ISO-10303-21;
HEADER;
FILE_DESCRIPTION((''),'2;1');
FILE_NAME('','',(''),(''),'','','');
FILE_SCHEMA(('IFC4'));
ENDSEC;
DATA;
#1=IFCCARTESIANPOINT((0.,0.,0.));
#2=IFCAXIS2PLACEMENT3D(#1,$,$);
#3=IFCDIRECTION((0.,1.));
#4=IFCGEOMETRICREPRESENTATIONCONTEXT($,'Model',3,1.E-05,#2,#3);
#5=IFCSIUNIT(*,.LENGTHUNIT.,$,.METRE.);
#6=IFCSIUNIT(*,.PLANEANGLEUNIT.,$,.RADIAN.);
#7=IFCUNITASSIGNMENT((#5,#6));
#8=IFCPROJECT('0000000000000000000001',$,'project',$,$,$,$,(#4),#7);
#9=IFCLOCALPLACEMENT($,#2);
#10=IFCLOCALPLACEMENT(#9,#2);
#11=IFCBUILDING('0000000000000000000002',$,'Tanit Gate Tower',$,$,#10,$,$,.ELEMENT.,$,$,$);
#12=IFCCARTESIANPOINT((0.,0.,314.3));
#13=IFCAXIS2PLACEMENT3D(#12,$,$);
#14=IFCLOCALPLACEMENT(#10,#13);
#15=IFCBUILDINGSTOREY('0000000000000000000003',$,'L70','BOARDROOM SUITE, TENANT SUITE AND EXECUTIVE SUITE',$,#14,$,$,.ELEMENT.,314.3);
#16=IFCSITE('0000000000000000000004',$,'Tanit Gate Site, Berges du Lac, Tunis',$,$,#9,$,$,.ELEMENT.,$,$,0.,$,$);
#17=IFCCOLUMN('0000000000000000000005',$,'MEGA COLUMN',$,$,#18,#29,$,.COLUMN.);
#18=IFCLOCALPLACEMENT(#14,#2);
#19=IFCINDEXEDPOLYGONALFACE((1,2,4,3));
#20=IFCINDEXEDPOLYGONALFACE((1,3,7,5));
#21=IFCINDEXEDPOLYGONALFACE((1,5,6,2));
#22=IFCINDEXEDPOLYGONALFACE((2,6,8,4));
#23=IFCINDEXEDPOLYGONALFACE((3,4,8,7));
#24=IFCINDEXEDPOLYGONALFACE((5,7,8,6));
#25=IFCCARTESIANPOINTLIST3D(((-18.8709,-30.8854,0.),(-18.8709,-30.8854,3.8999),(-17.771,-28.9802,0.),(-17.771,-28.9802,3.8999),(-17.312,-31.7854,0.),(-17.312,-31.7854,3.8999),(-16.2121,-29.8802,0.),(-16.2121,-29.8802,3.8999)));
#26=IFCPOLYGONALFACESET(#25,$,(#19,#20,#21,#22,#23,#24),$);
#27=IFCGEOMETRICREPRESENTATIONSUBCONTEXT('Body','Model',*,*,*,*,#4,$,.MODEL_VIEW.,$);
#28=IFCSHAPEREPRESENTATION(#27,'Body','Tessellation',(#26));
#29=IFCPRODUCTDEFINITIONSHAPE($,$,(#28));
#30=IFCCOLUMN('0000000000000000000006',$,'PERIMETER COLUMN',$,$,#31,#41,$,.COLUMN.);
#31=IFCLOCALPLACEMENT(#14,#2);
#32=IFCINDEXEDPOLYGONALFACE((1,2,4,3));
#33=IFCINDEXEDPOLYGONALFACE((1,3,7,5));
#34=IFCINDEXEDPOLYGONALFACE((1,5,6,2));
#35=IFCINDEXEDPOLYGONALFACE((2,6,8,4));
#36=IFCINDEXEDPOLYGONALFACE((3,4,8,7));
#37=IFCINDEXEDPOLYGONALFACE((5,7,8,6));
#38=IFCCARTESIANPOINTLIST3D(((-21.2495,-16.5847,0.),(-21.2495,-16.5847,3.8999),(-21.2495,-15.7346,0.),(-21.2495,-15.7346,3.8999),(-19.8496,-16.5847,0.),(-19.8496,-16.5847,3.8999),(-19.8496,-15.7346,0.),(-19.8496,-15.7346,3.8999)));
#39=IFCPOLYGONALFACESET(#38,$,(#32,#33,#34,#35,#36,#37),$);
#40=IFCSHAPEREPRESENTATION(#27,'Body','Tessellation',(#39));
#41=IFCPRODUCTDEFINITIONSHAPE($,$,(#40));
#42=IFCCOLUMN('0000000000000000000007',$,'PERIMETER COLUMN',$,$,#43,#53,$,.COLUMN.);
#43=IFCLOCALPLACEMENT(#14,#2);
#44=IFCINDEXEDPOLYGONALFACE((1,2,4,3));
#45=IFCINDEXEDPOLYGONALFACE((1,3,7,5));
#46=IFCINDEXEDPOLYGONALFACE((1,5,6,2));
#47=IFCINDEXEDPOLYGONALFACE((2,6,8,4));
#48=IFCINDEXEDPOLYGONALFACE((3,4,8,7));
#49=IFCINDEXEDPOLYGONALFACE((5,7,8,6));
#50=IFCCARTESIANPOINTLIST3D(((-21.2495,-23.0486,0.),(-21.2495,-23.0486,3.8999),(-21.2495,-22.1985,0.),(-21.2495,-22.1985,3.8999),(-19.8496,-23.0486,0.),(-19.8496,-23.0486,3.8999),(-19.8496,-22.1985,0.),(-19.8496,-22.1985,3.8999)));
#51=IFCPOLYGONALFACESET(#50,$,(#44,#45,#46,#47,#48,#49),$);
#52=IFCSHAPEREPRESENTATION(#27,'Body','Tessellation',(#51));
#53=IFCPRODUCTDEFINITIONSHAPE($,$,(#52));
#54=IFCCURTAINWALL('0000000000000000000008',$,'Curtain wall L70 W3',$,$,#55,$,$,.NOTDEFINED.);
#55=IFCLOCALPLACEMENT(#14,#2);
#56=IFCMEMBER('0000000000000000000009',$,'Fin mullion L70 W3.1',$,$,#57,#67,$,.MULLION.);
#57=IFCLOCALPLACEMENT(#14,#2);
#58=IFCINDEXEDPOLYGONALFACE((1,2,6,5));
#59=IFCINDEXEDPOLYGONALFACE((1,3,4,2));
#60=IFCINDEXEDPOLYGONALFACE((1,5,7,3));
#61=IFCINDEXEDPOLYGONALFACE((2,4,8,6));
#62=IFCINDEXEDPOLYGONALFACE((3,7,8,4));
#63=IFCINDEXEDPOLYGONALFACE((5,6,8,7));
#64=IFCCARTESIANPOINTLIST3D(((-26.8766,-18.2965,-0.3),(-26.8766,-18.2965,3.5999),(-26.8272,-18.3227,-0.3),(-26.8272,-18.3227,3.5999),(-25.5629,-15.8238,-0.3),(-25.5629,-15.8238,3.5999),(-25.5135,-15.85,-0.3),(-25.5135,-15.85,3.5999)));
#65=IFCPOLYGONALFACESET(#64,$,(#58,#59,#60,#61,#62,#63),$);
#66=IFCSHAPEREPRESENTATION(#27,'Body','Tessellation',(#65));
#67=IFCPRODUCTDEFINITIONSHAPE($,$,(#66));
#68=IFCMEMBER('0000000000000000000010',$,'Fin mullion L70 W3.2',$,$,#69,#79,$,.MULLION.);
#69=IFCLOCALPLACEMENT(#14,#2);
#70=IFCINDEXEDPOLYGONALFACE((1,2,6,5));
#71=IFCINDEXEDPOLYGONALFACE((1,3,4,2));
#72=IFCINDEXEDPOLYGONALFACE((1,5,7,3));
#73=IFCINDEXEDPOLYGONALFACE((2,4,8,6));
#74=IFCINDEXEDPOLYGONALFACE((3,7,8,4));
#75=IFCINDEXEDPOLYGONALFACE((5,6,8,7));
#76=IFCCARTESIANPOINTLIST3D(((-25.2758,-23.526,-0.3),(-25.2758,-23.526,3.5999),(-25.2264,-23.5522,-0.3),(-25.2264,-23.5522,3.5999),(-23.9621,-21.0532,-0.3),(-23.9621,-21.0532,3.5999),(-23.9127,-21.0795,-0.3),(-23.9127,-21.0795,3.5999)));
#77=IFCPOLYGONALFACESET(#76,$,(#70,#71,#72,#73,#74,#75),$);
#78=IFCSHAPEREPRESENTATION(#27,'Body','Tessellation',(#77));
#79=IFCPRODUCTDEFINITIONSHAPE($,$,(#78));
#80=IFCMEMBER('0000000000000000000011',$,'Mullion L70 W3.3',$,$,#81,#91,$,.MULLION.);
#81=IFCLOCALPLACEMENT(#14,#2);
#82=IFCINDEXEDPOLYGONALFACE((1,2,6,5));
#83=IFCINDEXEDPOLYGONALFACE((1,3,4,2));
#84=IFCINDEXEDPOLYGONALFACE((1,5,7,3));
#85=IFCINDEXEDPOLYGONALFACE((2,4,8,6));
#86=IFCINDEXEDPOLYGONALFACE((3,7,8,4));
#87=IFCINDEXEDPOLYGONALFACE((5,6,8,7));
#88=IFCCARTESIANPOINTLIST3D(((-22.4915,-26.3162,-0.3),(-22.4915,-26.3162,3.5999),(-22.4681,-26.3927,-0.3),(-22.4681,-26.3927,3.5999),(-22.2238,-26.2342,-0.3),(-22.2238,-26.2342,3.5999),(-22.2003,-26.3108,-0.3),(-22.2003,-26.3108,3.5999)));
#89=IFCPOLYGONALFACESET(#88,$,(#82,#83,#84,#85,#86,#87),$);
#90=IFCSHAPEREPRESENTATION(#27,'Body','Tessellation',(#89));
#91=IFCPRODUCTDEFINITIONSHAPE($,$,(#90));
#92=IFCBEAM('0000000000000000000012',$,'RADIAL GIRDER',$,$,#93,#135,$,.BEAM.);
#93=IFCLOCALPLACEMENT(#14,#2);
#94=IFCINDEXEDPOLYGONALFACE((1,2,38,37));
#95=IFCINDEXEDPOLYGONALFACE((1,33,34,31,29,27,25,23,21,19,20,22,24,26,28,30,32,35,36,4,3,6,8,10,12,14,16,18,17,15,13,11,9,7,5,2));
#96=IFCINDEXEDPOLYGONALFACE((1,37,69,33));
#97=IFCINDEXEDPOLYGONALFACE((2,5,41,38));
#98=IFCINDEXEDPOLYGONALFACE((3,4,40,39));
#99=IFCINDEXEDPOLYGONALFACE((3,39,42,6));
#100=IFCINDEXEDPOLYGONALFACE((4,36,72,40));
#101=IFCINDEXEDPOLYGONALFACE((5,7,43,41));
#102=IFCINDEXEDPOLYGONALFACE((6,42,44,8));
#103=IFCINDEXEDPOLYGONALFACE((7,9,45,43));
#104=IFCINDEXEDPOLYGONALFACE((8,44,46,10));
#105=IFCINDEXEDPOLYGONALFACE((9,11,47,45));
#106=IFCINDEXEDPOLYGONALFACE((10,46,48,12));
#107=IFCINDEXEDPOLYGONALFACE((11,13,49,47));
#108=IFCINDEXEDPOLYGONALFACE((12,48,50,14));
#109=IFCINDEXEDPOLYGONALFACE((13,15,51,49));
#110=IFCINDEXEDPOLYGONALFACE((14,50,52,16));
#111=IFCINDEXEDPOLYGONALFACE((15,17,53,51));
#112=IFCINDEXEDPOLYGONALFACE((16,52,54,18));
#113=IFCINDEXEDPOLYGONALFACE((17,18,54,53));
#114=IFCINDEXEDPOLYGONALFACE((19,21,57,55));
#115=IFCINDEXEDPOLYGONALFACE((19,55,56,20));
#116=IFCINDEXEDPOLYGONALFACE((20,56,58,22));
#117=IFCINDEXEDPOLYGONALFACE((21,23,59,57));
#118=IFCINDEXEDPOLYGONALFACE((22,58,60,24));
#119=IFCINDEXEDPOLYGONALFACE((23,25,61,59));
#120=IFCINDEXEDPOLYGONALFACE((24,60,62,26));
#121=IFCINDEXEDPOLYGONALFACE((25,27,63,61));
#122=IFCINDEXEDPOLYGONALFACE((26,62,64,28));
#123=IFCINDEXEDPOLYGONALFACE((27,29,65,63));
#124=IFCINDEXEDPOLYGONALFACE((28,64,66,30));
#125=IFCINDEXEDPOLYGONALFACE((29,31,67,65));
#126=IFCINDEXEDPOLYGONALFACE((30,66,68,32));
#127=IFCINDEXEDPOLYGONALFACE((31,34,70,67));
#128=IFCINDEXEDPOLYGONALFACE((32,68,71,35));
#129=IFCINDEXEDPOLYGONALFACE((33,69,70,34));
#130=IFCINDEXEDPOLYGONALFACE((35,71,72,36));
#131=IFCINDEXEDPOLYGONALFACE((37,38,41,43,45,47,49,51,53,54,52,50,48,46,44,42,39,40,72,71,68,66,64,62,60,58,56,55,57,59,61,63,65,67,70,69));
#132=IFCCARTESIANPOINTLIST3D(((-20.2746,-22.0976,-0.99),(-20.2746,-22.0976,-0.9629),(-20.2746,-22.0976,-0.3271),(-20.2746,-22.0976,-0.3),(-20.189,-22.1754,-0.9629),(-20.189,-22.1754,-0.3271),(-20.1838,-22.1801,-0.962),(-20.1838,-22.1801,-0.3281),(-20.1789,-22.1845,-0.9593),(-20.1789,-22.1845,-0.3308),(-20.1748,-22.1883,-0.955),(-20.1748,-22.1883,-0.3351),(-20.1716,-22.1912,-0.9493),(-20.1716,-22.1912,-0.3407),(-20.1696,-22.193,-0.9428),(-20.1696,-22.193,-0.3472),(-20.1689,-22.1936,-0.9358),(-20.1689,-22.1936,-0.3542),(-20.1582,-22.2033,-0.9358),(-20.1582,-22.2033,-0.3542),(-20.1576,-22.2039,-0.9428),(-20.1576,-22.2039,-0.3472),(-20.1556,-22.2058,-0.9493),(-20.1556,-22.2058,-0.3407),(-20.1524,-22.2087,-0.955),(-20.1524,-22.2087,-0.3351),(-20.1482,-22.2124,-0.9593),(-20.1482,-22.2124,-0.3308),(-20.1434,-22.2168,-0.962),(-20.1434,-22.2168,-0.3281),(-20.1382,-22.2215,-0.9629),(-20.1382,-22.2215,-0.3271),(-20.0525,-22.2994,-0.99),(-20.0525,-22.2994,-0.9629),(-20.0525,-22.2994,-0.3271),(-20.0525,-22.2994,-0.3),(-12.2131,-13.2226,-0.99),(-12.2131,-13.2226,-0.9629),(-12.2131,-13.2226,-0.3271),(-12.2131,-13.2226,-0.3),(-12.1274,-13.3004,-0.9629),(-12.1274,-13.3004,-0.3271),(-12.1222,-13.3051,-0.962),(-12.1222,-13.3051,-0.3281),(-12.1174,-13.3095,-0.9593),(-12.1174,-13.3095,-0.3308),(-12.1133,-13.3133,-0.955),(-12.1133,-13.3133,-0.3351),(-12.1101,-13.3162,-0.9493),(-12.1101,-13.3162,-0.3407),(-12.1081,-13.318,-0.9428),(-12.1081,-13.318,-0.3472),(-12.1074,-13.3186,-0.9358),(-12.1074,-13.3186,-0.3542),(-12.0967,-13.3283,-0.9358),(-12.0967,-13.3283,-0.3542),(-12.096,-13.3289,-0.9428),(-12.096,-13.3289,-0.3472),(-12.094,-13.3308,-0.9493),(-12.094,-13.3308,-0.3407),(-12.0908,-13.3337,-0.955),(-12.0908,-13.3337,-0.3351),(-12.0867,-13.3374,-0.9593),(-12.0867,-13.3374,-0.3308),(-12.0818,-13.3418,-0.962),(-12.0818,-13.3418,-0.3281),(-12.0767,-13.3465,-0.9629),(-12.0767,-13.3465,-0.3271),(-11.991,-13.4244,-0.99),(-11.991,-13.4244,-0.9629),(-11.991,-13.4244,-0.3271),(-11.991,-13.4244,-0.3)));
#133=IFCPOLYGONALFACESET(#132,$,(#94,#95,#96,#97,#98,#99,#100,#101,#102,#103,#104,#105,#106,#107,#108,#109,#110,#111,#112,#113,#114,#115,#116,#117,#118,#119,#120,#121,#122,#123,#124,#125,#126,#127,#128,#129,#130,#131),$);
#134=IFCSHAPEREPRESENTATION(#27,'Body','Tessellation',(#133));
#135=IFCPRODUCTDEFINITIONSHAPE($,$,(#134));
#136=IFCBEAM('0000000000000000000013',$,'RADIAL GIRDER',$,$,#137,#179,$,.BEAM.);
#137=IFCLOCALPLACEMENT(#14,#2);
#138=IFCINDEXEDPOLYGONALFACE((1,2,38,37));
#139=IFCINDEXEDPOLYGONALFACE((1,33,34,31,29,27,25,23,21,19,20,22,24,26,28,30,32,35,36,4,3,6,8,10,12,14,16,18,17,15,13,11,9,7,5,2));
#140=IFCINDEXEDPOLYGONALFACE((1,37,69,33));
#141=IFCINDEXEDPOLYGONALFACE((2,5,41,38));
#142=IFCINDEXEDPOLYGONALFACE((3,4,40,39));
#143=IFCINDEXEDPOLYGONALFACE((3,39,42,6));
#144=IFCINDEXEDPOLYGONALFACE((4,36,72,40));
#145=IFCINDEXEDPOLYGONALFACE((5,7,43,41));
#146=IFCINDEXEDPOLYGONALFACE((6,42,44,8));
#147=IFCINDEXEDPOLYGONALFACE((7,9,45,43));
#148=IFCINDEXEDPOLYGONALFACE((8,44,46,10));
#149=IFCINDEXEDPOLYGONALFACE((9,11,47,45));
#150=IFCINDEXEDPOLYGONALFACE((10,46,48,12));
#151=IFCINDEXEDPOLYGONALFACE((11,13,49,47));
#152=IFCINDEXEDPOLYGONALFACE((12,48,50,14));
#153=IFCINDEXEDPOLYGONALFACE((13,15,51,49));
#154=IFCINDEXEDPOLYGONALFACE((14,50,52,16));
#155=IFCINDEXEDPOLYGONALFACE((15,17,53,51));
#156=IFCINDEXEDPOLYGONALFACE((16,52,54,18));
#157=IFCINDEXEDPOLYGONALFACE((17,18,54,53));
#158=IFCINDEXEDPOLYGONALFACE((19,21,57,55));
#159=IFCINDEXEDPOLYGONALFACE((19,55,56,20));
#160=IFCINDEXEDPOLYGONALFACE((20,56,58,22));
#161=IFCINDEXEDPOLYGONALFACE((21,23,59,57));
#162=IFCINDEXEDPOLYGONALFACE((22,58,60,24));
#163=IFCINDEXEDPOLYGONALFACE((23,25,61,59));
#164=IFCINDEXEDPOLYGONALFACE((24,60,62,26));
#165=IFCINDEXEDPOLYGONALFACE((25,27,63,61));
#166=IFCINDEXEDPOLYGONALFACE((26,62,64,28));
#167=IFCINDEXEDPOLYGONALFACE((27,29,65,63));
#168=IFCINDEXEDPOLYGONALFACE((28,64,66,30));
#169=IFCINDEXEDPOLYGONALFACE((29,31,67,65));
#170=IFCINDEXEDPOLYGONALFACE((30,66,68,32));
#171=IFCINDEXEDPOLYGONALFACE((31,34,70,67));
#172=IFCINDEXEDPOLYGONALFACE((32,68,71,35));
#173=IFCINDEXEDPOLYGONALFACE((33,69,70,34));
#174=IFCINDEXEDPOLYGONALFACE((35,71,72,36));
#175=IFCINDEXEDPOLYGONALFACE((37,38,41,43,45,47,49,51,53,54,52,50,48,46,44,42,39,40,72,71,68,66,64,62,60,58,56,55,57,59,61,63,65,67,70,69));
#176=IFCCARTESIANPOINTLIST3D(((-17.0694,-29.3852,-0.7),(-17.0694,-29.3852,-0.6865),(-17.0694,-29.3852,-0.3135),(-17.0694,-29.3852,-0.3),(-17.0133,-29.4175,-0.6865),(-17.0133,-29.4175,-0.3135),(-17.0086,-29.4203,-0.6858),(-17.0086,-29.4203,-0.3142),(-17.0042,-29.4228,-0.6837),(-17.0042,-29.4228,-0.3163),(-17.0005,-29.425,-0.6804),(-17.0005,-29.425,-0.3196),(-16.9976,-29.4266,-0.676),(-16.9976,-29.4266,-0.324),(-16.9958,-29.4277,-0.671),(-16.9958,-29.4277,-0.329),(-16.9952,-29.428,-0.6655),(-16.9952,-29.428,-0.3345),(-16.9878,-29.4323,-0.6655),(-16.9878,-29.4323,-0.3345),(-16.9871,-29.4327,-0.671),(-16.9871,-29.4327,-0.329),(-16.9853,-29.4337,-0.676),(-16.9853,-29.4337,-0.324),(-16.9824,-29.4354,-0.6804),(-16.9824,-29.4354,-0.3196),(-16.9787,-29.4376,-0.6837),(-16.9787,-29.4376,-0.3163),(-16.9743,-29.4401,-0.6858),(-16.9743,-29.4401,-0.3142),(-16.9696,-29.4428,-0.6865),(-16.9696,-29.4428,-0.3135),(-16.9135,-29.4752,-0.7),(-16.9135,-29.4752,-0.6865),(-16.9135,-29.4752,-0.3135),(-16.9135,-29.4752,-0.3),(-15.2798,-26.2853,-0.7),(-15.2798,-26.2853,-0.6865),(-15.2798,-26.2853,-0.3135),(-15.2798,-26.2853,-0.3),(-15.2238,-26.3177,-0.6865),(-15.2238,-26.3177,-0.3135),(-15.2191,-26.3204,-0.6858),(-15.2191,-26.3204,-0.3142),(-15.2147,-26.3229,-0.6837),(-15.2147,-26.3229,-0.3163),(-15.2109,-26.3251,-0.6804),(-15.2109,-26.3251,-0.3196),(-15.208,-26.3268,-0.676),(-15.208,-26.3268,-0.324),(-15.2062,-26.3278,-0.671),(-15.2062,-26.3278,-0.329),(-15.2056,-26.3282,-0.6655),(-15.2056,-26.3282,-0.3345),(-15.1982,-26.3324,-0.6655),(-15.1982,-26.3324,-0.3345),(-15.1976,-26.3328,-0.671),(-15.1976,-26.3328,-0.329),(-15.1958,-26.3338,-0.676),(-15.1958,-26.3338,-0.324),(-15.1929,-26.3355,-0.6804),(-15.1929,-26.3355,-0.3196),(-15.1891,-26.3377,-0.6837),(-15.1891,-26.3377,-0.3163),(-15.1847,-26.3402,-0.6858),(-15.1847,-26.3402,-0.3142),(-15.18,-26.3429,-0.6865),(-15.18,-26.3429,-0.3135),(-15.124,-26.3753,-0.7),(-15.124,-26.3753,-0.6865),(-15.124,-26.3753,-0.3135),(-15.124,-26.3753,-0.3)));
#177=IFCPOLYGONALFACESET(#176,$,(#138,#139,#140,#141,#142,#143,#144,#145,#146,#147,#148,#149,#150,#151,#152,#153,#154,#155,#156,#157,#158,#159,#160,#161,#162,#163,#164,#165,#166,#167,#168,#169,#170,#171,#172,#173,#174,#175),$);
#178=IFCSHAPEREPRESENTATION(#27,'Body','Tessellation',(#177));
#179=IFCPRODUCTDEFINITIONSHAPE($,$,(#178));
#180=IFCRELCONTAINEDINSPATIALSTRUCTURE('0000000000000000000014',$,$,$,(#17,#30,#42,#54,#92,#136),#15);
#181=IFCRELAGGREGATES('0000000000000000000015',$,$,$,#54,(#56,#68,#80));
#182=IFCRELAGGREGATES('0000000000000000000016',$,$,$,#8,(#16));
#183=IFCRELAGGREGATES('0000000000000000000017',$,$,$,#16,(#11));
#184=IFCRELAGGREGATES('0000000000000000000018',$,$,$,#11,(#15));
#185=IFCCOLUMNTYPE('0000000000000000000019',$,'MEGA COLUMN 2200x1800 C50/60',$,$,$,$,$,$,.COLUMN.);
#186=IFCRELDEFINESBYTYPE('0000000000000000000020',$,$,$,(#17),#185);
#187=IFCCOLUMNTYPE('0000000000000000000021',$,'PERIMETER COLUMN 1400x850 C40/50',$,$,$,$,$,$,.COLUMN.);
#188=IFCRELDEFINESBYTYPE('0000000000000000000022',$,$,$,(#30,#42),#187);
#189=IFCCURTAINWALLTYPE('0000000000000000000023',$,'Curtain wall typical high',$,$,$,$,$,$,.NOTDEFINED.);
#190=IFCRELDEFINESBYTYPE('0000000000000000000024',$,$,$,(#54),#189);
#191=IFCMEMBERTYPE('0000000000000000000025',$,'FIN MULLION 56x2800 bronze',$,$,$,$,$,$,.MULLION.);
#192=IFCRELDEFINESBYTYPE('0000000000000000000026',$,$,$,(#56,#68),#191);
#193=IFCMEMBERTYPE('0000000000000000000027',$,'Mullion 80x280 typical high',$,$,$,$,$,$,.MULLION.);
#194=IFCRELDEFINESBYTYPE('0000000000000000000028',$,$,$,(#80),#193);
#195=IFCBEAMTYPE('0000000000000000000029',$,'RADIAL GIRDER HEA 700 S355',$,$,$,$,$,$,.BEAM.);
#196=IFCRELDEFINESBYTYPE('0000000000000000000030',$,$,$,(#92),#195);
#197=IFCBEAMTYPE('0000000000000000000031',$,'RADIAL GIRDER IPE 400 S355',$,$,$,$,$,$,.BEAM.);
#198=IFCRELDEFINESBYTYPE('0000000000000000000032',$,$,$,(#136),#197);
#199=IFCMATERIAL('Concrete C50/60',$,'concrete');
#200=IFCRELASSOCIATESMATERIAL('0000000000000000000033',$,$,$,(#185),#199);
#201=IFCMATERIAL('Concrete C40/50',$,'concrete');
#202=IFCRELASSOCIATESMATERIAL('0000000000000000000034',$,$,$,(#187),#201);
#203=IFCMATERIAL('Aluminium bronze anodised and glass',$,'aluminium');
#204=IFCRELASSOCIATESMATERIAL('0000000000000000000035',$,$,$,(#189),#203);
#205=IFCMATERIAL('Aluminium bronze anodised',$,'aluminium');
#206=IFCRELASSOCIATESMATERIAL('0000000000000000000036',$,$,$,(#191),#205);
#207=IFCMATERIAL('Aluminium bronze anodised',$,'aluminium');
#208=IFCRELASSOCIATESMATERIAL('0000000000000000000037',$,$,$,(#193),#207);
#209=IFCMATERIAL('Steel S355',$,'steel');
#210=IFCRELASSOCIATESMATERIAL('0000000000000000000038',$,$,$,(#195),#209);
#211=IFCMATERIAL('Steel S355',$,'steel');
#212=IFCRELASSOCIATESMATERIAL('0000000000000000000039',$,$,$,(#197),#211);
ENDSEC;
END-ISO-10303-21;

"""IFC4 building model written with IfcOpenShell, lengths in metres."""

from ifc_helpers import new_model, si_unit, direction, frame, origin, origin_2d, place, context, subcontext, project, spatial, rectangle, i_section, extrude, material, material_profile, profile_set, type_object, element, aggregate, save


model = new_model("IFC4")

# Units and contexts
model_context = context("Model", 3, precision=1e-05, world=origin(), true_north=direction((0.0, 1.0)))
body_context = subcontext(model_context, "Body", "Model", "MODEL_VIEW")
ifc_project = project(units=[si_unit("LENGTHUNIT", "METRE"), si_unit("PLANEANGLEUNIT", "RADIAN")], contexts=[model_context])

# Site, building, storey
site_placement = place(None, origin())
site = spatial("IfcSite", under=ifc_project, at=site_placement, Name="Tanit Gate Site, Berges du Lac, Tunis", CompositionType="ELEMENT", RefElevation=0.0)
building_placement = place(site_placement, origin())
building = spatial("IfcBuilding", under=site, at=building_placement, Name="Tanit Gate Tower", CompositionType="ELEMENT")
storey_placement = place(building_placement, frame((0.0, 0.0, 314.3)))
storey = spatial("IfcBuildingStorey", under=building, at=storey_placement, Name="L70", Description="BOARDROOM SUITE, TENANT SUITE AND EXECUTIVE SUITE", CompositionType="ELEMENT", Elevation=314.3)

# Columns
ifc_material_1 = material(Name="Concrete C50/60", Category="concrete")
ifc_material_profile_1 = material_profile(ifc_material_1, rectangle(XDim=2.2, YDim=1.8, at=origin_2d()), Name="RC 2200x1800")
ifc_profile_set_1 = profile_set([ifc_material_profile_1], Name="Concrete C50/60")
column_type_1 = type_object("IfcColumnType", Name="MEGA COLUMN 2200x1800 C50/60", PredefinedType="COLUMN", material=ifc_profile_set_1)
column_placement = place(storey_placement, frame((-17.5415, -30.3828, 0.0), z_axis=(0.0, 0.0, 1.0), x_axis=(-0.5, -0.866025, 0.0)))
element("IfcColumn", 1, at=column_placement, inside=storey, type_object=column_type_1, Name="MEGA COLUMN", PredefinedType="COLUMN", context=body_context, shape_type="SweptSolid", body=[
    extrude(rectangle(XDim=2.2, YDim=1.8, at=origin_2d()), origin(), (0.0, 0.0, 1.0), 3.8999),
])
ifc_material_2 = material(Name="Concrete C40/50", Category="concrete")
ifc_material_profile_2 = material_profile(ifc_material_2, rectangle(XDim=1.3999, YDim=0.8501, at=origin_2d()), Name="RC 1400x850")
ifc_profile_set_2 = profile_set([ifc_material_profile_2], Name="Concrete C40/50")
column_type_2 = type_object("IfcColumnType", Name="PERIMETER COLUMN 1400x850 C40/50", PredefinedType="COLUMN", material=ifc_profile_set_2)
for number, where, z_axis, x_axis, name in (
    (2, (-20.5496, -16.1597, 0.0), (0.0, 0.0, 1.0), (-1.0, 0.0, 0.0), "PERIMETER COLUMN"),
    (3, (-20.5496, -22.6235, 0.0), (0.0, 0.0, 1.0), (-1.0, 0.0, 0.0), "PERIMETER COLUMN"),
):
    element("IfcColumn", number, at=place(storey_placement, frame(where, z_axis=z_axis, x_axis=x_axis)), inside=storey, type_object=column_type_2, Name=name, PredefinedType="COLUMN", context=body_context, shape_type="SweptSolid", body=[
        extrude(rectangle(XDim=1.3999, YDim=0.8501, at=origin_2d()), origin(), (0.0, 0.0, 1.0), 3.8999),
    ])

# Curtain wall, members
ifc_material_3 = material(Name="Aluminium bronze anodised and glass", Category="aluminium")
curtain_wall_type = type_object("IfcCurtainWallType", Name="Curtain wall typical high", PredefinedType="NOTDEFINED", material=ifc_material_3)
curtain_wall_placement = place(storey_placement, origin())
curtain_wall = element("IfcCurtainWall", 4, at=curtain_wall_placement, inside=storey, type_object=curtain_wall_type, Name="Curtain wall L70 W3", PredefinedType="NOTDEFINED")
ifc_material_4 = material(Name="Aluminium bronze anodised", Category="aluminium")
ifc_material_profile_3 = material_profile(ifc_material_4, rectangle(XDim=2.8, YDim=0.0559, at=origin_2d()), Name="56x2800 bronze fin mullion")
ifc_profile_set_3 = profile_set([ifc_material_profile_3], Name="Aluminium bronze anodised")
member_type_1 = type_object("IfcMemberType", Name="FIN MULLION 56x2800 bronze", PredefinedType="MULLION", material=ifc_profile_set_3)
member_1_placement = place(storey_placement, frame((-26.1951, -17.0732, -0.3), z_axis=(0.0, 0.0, 1.0), x_axis=(0.469169, 0.883108, 0.0)))
member_1 = element("IfcMember", 5, at=member_1_placement, type_object=member_type_1, Name="Fin mullion L70 W3.1", PredefinedType="MULLION", context=body_context, shape_type="SweptSolid", body=[
    extrude(rectangle(XDim=2.8, YDim=0.0559, at=origin_2d()), origin(), (0.0, 0.0, 1.0), 3.8999),
])
member_2_placement = place(storey_placement, frame((-24.5942, -22.3027, -0.3), z_axis=(0.0, 0.0, 1.0), x_axis=(0.469169, 0.883108, 0.0)))
member_2 = element("IfcMember", 6, at=member_2_placement, type_object=member_type_1, Name="Fin mullion L70 W3.2", PredefinedType="MULLION", context=body_context, shape_type="SweptSolid", body=[
    extrude(rectangle(XDim=2.8, YDim=0.0559, at=origin_2d()), origin(), (0.0, 0.0, 1.0), 3.8999),
])
ifc_material_5 = material(Name="Aluminium bronze anodised", Category="aluminium")
ifc_material_profile_4 = material_profile(ifc_material_5, rectangle(XDim=0.28, YDim=0.0801, at=origin_2d()), Name="80x280 bronze mullion")
ifc_profile_set_4 = profile_set([ifc_material_profile_4], Name="Aluminium bronze anodised")
member_type_2 = type_object("IfcMemberType", Name="Mullion 80x280 typical high", PredefinedType="MULLION", material=ifc_profile_set_4)
member_3_placement = place(storey_placement, frame((-22.3459, -26.3135, -0.3), z_axis=(0.0, 0.0, 1.0), x_axis=(0.956205, 0.292699, 0.0)))
member_3 = element("IfcMember", 7, at=member_3_placement, type_object=member_type_2, Name="Mullion L70 W3.3", PredefinedType="MULLION", context=body_context, shape_type="SweptSolid", body=[
    extrude(rectangle(XDim=0.28, YDim=0.0801, at=origin_2d()), origin(), (0.0, 0.0, 1.0), 3.8999),
])

# Beams
ifc_material_6 = material(Name="Steel S355", Category="steel")
ifc_material_profile_5 = material_profile(ifc_material_6, i_section(OverallWidth=0.3, OverallDepth=0.6899, WebThickness=0.0144, FlangeThickness=0.0271, FilletRadius=0.0271, at=origin_2d()), Name="HEA 700")
ifc_profile_set_5 = profile_set([ifc_material_profile_5], Name="Steel S355")
beam_type_1 = type_object("IfcBeamType", Name="RADIAL GIRDER HEA 700 S355", PredefinedType="BEAM", material=ifc_profile_set_5)
beam_1_placement = place(storey_placement, frame((-20.1636, -22.1985, -0.645), z_axis=(0.672369, 0.740216, 0.0), x_axis=(-0.740216, 0.672369, 0.0)))
element("IfcBeam", 8, at=beam_1_placement, inside=storey, type_object=beam_type_1, Name="RADIAL GIRDER", PredefinedType="BEAM", context=body_context, shape_type="SweptSolid", body=[
    extrude(i_section(OverallWidth=0.3, OverallDepth=0.6899, WebThickness=0.0144, FlangeThickness=0.0271, FilletRadius=0.0271, at=origin_2d()), origin(), (0.0, 0.0, 1.0), 11.9897),
])
ifc_material_7 = material(Name="Steel S355", Category="steel")
ifc_material_profile_6 = material_profile(ifc_material_7, i_section(OverallWidth=0.1799, OverallDepth=0.3999, WebThickness=0.0085, FlangeThickness=0.0134, FilletRadius=0.021, at=origin_2d()), Name="IPE 400")
ifc_profile_set_6 = profile_set([ifc_material_profile_6], Name="Steel S355")
beam_type_2 = type_object("IfcBeamType", Name="RADIAL GIRDER IPE 400 S355", PredefinedType="BEAM", material=ifc_profile_set_6)
beam_2_placement = place(storey_placement, frame((-16.9915, -29.4302, -0.5), z_axis=(0.499968, 0.866044, 0.0), x_axis=(-0.866044, 0.499968, 0.0)))
element("IfcBeam", 9, at=beam_2_placement, inside=storey, type_object=beam_type_2, Name="RADIAL GIRDER", PredefinedType="BEAM", context=body_context, shape_type="SweptSolid", body=[
    extrude(i_section(OverallWidth=0.1799, OverallDepth=0.3999, WebThickness=0.0085, FlangeThickness=0.0134, FilletRadius=0.021, at=origin_2d()), origin(), (0.0, 0.0, 1.0), 3.5793),
])

aggregate(curtain_wall, [member_1, member_2, member_3])

save(model, "model.ifc")
